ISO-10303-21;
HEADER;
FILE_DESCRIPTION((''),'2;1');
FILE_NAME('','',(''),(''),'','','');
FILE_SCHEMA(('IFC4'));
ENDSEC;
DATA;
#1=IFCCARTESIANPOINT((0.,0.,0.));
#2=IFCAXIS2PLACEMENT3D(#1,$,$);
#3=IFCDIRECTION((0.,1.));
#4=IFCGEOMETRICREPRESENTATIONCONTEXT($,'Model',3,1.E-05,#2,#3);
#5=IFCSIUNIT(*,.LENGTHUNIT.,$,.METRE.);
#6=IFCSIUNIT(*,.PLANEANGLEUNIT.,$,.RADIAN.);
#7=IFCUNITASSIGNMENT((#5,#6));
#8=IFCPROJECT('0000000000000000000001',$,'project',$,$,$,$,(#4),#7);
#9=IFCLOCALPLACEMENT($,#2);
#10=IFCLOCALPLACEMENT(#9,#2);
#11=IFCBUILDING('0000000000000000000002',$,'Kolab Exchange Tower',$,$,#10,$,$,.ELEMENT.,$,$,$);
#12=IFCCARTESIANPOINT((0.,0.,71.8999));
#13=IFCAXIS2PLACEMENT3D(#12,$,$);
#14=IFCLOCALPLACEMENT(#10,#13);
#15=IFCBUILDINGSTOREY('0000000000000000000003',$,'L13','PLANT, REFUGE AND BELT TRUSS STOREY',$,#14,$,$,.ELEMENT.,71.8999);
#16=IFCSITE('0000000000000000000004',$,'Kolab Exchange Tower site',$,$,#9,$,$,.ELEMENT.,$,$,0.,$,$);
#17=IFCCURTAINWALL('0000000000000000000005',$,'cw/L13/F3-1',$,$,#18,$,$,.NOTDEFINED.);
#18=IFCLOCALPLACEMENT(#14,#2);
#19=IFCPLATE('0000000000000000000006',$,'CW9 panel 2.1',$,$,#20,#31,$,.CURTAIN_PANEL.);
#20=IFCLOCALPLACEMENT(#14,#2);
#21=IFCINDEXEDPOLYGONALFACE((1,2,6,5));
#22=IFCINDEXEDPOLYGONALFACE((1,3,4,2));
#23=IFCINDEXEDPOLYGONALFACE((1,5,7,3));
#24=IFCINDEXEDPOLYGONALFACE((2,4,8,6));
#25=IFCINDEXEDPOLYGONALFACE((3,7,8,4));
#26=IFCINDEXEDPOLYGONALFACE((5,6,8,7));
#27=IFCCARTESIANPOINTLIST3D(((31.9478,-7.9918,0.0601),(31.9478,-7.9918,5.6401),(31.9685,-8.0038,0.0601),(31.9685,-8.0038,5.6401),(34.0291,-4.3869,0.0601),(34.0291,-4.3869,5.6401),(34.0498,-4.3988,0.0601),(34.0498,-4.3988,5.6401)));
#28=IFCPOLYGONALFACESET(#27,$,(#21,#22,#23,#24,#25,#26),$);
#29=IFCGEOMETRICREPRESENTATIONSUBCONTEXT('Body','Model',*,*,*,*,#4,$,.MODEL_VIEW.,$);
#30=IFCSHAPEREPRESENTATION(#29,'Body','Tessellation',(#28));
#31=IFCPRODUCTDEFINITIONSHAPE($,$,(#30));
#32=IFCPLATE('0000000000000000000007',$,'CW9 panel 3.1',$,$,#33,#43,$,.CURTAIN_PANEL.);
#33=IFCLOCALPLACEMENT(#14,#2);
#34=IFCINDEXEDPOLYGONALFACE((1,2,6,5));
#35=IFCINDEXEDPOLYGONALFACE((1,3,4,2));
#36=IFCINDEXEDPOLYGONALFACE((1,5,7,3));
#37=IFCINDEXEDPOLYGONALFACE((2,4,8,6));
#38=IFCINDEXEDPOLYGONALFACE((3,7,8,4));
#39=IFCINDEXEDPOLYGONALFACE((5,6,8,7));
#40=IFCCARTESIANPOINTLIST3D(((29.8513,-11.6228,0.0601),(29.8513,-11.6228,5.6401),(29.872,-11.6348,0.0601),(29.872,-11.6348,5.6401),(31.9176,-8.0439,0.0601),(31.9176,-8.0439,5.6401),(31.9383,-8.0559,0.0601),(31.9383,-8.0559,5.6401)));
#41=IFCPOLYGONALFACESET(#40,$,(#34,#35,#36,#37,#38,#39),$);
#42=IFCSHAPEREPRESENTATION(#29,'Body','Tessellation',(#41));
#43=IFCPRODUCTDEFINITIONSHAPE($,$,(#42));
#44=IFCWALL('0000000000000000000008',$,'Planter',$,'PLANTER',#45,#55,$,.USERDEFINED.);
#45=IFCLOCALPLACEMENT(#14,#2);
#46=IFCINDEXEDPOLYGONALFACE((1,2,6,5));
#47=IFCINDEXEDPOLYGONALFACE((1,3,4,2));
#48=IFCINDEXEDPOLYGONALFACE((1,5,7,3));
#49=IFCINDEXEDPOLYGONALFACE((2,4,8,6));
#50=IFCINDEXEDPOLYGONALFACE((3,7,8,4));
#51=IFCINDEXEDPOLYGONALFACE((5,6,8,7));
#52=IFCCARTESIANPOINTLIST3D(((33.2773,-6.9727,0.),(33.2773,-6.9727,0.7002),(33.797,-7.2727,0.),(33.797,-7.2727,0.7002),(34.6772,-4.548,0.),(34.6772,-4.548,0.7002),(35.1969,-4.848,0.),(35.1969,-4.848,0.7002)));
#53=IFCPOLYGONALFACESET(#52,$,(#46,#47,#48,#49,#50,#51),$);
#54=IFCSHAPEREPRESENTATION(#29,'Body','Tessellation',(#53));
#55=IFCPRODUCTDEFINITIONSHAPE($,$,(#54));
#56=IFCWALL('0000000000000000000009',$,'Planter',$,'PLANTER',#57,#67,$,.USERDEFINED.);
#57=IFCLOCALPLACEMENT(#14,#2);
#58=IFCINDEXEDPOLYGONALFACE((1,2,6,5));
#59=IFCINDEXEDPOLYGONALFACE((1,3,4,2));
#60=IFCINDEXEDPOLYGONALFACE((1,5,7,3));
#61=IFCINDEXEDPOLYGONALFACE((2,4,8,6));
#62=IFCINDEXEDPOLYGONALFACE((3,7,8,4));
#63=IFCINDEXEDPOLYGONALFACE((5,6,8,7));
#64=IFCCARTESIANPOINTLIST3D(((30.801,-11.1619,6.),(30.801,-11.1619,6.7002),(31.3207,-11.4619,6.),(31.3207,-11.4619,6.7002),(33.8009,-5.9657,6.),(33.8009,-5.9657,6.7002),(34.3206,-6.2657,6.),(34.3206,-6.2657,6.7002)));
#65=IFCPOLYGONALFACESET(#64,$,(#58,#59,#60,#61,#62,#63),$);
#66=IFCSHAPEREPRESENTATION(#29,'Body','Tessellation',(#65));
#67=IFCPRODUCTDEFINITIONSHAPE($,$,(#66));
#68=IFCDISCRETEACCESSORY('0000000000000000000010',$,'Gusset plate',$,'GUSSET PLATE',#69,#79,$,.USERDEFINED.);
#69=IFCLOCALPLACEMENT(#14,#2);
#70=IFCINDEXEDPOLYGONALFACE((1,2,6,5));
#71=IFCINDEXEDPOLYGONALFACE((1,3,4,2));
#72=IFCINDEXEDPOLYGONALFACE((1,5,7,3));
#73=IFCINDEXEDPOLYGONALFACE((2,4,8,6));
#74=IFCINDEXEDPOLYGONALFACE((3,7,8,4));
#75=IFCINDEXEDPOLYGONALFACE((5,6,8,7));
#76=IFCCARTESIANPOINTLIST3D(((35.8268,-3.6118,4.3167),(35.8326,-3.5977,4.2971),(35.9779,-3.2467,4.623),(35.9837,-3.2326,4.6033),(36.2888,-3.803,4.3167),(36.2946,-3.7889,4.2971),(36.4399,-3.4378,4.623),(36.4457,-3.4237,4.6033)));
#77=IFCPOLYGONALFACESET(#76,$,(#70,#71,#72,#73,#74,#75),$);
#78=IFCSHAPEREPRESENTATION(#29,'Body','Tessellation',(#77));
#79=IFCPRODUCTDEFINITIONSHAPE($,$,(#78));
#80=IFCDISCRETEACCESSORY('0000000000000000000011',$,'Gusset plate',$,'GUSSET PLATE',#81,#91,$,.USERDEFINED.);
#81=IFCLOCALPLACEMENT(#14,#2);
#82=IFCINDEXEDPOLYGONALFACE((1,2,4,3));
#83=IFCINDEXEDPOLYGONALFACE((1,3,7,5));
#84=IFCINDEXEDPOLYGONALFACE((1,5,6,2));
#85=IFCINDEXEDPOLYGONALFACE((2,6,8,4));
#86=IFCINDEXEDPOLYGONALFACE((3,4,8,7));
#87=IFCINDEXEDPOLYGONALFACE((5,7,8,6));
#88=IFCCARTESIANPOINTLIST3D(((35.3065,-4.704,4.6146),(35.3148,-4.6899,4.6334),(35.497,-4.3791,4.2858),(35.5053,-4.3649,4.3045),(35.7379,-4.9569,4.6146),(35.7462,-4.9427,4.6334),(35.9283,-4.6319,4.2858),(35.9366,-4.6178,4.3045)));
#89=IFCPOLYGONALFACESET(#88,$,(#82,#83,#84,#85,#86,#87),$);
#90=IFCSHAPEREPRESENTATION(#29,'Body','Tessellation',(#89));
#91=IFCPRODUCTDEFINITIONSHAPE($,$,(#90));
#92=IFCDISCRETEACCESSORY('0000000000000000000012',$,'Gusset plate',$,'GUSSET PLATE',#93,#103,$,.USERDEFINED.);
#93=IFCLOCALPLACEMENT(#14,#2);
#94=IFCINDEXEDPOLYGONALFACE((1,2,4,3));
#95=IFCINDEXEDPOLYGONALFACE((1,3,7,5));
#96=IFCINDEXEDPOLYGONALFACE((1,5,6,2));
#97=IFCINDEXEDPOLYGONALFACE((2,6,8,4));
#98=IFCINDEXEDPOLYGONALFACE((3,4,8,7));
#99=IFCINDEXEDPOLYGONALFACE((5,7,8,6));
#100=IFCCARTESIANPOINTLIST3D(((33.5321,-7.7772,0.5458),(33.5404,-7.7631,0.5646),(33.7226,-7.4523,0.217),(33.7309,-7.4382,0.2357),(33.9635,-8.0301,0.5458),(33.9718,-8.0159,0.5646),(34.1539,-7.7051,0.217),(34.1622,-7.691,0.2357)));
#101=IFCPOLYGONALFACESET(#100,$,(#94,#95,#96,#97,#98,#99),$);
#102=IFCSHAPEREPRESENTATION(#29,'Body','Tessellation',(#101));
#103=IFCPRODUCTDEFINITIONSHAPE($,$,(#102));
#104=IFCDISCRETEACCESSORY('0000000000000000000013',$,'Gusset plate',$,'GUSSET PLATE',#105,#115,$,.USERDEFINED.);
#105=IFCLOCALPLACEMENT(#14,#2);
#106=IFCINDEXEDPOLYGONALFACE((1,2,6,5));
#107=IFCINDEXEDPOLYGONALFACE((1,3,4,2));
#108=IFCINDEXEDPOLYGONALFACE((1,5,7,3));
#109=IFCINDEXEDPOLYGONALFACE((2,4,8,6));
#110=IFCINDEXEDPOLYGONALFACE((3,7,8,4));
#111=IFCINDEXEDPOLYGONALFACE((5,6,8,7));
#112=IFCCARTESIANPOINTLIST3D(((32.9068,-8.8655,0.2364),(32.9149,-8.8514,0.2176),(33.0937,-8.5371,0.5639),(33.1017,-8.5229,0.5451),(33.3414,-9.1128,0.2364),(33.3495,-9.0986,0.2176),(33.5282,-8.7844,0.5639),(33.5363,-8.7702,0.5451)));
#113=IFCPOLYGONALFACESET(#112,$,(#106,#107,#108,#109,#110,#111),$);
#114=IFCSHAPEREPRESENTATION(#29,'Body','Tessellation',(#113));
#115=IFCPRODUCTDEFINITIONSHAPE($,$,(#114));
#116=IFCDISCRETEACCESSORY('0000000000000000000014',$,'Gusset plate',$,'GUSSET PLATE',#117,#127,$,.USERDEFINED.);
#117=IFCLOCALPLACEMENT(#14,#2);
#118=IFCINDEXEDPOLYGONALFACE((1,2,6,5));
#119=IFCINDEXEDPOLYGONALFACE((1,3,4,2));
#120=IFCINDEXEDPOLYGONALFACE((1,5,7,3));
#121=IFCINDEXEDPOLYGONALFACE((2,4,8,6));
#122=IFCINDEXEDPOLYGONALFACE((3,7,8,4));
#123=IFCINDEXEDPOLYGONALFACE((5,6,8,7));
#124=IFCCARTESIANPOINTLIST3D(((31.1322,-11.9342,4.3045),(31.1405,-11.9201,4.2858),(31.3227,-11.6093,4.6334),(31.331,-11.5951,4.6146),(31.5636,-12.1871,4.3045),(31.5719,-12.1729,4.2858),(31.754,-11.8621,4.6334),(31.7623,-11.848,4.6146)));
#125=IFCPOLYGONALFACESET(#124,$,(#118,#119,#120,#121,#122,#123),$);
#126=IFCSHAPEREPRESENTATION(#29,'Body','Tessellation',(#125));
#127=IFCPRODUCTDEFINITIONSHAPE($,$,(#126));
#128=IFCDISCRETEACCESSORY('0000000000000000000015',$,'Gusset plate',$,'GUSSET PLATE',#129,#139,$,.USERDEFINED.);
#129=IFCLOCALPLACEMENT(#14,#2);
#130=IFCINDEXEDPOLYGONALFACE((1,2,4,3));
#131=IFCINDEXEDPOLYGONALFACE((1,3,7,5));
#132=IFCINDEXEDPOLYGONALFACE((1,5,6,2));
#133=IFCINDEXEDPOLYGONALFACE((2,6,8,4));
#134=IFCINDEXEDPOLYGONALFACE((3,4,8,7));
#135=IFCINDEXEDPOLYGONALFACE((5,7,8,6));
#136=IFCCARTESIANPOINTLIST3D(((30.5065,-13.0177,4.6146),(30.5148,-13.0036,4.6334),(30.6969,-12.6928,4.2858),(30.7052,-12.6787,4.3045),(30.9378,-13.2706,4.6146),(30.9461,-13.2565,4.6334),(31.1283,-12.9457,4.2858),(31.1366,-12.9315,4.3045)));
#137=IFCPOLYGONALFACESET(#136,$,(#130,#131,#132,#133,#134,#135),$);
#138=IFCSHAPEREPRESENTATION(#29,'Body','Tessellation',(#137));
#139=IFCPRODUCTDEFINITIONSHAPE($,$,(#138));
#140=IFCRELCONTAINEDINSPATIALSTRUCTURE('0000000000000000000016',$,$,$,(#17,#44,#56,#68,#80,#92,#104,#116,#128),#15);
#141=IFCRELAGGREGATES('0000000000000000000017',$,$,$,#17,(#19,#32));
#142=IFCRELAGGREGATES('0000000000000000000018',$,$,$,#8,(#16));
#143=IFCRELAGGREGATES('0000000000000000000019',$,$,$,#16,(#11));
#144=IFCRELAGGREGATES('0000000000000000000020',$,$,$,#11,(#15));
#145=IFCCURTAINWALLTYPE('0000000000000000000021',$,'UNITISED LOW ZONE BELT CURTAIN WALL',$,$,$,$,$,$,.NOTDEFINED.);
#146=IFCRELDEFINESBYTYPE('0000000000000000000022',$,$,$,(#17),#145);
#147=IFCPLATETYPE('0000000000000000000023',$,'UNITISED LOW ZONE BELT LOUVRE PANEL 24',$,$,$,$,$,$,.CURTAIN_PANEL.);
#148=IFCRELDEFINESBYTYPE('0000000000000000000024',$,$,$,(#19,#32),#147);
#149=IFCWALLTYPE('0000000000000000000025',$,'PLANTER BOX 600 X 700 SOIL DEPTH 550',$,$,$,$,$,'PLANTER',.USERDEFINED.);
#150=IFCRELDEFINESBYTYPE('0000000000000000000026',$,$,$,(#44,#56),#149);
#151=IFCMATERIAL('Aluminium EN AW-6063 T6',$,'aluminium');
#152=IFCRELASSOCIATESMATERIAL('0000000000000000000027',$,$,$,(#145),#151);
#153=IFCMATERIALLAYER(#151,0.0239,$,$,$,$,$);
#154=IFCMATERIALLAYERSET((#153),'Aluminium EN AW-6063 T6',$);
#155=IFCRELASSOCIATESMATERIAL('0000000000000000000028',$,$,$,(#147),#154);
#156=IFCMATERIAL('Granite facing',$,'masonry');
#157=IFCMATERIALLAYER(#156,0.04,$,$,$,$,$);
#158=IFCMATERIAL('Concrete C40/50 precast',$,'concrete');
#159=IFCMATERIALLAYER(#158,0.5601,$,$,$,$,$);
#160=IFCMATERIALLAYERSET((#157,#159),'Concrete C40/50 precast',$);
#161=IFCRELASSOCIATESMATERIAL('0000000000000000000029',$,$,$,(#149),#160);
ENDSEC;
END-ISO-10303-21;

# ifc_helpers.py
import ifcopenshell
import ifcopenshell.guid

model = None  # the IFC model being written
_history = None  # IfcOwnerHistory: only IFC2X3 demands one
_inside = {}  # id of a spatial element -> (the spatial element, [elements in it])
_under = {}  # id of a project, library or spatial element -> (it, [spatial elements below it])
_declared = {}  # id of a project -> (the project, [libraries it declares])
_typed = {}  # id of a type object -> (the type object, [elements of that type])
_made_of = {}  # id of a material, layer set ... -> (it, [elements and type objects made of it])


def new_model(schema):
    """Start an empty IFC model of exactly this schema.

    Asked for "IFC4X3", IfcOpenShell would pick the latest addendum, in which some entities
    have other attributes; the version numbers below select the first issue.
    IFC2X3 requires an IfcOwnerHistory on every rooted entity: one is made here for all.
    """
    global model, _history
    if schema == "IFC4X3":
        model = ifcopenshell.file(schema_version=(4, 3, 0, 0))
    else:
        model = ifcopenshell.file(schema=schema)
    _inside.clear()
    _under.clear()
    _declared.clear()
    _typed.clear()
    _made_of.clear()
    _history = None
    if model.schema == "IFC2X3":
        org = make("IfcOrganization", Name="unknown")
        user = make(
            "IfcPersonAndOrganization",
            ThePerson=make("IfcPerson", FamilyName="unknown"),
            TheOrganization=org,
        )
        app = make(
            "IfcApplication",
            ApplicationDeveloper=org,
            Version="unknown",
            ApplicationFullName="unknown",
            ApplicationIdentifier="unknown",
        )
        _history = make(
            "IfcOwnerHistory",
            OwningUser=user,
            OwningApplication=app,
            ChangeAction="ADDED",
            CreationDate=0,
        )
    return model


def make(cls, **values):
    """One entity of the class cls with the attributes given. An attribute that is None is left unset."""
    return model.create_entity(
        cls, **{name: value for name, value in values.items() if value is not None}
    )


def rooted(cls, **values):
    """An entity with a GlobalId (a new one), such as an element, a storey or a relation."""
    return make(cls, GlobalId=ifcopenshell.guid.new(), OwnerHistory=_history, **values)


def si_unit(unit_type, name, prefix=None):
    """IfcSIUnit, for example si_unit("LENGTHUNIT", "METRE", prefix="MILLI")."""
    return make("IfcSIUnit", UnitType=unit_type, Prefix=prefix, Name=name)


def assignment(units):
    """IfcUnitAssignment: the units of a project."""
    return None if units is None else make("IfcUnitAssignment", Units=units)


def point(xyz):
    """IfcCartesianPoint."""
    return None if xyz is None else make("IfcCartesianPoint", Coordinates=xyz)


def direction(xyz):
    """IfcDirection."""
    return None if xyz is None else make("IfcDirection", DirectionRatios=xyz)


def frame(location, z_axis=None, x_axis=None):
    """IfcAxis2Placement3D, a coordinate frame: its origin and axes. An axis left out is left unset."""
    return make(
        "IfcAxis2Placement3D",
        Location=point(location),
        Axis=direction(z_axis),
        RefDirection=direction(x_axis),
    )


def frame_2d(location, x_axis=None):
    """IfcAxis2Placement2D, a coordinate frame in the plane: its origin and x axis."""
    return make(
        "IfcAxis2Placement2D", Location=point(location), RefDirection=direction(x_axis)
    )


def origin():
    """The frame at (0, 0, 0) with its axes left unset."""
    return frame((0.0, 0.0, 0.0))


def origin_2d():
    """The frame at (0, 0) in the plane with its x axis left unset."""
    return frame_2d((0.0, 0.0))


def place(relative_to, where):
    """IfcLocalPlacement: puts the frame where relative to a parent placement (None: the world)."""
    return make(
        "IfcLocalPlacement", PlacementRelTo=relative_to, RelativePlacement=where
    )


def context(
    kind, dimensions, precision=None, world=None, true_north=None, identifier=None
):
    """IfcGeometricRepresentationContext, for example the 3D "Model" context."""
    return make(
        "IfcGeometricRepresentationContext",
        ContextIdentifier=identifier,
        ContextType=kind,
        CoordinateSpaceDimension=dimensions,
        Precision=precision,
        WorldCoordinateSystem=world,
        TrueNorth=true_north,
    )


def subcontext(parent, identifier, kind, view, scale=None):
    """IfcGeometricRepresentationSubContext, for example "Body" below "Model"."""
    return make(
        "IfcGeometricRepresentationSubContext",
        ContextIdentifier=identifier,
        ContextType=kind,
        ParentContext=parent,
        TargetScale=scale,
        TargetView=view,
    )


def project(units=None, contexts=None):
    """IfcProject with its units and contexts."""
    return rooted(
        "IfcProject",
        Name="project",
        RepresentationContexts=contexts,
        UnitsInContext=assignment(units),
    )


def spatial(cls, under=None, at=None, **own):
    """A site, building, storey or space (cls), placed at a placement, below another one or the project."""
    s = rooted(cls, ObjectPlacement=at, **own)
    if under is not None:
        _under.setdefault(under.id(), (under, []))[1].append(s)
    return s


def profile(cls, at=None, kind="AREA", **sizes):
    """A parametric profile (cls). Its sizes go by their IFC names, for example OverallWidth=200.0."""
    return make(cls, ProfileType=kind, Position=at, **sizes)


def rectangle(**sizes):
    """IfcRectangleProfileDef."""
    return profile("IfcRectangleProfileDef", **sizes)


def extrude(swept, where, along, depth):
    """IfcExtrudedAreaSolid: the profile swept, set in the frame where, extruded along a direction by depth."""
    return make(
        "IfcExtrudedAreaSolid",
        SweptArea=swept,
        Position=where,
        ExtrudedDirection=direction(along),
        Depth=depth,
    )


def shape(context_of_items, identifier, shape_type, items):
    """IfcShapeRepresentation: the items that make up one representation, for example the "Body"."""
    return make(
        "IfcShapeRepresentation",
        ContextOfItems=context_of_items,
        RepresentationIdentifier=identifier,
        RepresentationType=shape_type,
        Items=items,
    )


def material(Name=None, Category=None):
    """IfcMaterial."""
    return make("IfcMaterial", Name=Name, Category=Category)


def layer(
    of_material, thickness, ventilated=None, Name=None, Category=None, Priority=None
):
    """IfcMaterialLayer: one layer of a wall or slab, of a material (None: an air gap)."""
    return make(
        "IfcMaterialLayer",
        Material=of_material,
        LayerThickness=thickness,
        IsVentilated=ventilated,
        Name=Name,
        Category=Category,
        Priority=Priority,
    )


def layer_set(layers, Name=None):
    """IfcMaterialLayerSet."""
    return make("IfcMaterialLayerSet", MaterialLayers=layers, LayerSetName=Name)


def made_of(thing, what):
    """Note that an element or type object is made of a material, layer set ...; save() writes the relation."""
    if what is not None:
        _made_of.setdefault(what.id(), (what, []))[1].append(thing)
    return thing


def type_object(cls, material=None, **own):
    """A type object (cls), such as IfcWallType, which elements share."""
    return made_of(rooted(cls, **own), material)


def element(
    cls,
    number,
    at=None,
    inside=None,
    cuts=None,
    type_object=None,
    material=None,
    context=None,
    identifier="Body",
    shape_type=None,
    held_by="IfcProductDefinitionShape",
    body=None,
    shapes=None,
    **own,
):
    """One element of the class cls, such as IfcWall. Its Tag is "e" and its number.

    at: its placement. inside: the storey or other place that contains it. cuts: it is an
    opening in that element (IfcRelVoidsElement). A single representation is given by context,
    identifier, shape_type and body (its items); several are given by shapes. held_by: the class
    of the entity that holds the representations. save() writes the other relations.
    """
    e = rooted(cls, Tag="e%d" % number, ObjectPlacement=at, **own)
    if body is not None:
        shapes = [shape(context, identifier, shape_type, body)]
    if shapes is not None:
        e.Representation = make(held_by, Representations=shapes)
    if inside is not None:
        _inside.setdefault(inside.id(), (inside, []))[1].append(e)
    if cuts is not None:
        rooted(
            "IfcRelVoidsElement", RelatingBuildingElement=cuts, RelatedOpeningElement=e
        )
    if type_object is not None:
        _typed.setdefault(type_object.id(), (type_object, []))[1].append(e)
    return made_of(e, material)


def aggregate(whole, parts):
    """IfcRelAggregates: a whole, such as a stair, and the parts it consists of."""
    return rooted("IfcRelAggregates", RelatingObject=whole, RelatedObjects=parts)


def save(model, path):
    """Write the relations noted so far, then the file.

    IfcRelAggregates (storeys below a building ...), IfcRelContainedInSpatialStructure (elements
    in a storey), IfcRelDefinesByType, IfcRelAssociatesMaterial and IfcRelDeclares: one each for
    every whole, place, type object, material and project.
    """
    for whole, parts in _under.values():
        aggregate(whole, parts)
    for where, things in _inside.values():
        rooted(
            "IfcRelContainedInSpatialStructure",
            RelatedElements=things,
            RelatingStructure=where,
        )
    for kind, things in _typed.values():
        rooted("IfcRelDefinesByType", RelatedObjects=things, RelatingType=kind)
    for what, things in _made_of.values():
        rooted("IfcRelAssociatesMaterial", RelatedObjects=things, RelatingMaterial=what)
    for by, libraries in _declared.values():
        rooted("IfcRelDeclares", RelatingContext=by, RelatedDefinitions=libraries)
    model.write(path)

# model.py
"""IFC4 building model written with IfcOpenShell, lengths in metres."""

from ifc_helpers import new_model, si_unit, direction, frame, frame_2d, origin, origin_2d, place, context, subcontext, project, spatial, rectangle, extrude, material, layer, layer_set, type_object, element, aggregate, save


model = new_model("IFC4")

# Units and contexts
model_context = context("Model", 3, precision=1e-05, world=origin(), true_north=direction((0.0, 1.0)))
body_context = subcontext(model_context, "Body", "Model", "MODEL_VIEW")
ifc_project = project(units=[si_unit("LENGTHUNIT", "METRE"), si_unit("PLANEANGLEUNIT", "RADIAN")], contexts=[model_context])

# Site, building, storey
site_placement = place(None, origin())
site = spatial("IfcSite", under=ifc_project, at=site_placement, Name="Kolab Exchange Tower site", CompositionType="ELEMENT", RefElevation=0.0)
building_placement = place(site_placement, origin())
building = spatial("IfcBuilding", under=site, at=building_placement, Name="Kolab Exchange Tower", CompositionType="ELEMENT")
storey_placement = place(building_placement, frame((0.0, 0.0, 71.8999)))
storey = spatial("IfcBuildingStorey", under=building, at=storey_placement, Name="L13", Description="PLANT, REFUGE AND BELT TRUSS STOREY", CompositionType="ELEMENT", Elevation=71.8999)

# Curtain wall
ifc_material_1 = material(Name="Aluminium EN AW-6063 T6", Category="aluminium")
curtain_wall_type = type_object("IfcCurtainWallType", Name="UNITISED LOW ZONE BELT CURTAIN WALL", PredefinedType="NOTDEFINED", material=ifc_material_1)
curtain_wall_1_placement = place(storey_placement, origin())
curtain_wall_1 = element("IfcCurtainWall", 1, at=curtain_wall_1_placement, inside=storey, type_object=curtain_wall_type, Name="cw/L13/F3-1", PredefinedType="NOTDEFINED")

# Plates
ifc_layer_1 = layer(ifc_material_1, 0.0239)
ifc_layer_set_1 = layer_set([ifc_layer_1], Name="Aluminium EN AW-6063 T6")
plate_type = type_object("IfcPlateType", Name="UNITISED LOW ZONE BELT LOUVRE PANEL 24", PredefinedType="CURTAIN_PANEL", material=ifc_layer_set_1)
plate_1_placement = place(storey_placement, frame((32.9988, -6.1953, 0.0601), z_axis=(0.0, 0.0, 1.0), x_axis=(-0.5, -0.866025, 0.0)))
plate_1 = element("IfcPlate", 2, at=plate_1_placement, type_object=plate_type, Name="CW9 panel 2.1", PredefinedType="CURTAIN_PANEL", context=body_context, shape_type="SweptSolid", body=[
    extrude(rectangle(XDim=4.1626, YDim=0.0239, at=origin_2d()), origin(), (0.0, 0.0, 1.0), 5.5801),
])
plate_2_placement = place(storey_placement, frame((30.8948, -9.8394, 0.0601), z_axis=(0.0, 0.0, 1.0), x_axis=(-0.5, -0.866025, 0.0)))
plate_2 = element("IfcPlate", 3, at=plate_2_placement, type_object=plate_type, Name="CW9 panel 3.1", PredefinedType="CURTAIN_PANEL", context=body_context, shape_type="SweptSolid", body=[
    extrude(rectangle(XDim=4.1326, YDim=0.0239, at=origin_2d()), origin(), (0.0, 0.0, 1.0), 5.5801),
])
aggregate(curtain_wall_1, [plate_1, plate_2])

# Walls
ifc_material_2 = material(Name="Granite facing", Category="masonry")
ifc_layer_2 = layer(ifc_material_2, 0.04)
ifc_material_3 = material(Name="Concrete C40/50 precast", Category="concrete")
ifc_layer_3 = layer(ifc_material_3, 0.5601)
ifc_layer_set_2 = layer_set([ifc_layer_2, ifc_layer_3], Name="Concrete C40/50 precast")
wall_type = type_object("IfcWallType", Name="PLANTER BOX 600 X 700 SOIL DEPTH 550", ElementType="PLANTER", PredefinedType="USERDEFINED", material=ifc_layer_set_2)
wall_1_placement = place(storey_placement, frame((34.937, -4.698, 0.0), z_axis=(0.0, 0.0, 1.0), x_axis=(-0.499984, -0.866035, 0.0)))
element("IfcWall", 4, at=wall_1_placement, inside=storey, type_object=wall_type, Name="Planter", ObjectType="PLANTER", PredefinedType="USERDEFINED", context=body_context, shape_type="SweptSolid", body=[
    extrude(rectangle(XDim=2.7998, YDim=0.6001, at=frame_2d((1.3999, 0.0))), origin(), (0.0, 0.0, 1.0), 0.7002),
])
wall_2_placement = place(storey_placement, frame((34.0608, -6.1157, 6.0), z_axis=(0.0, 0.0, 1.0), x_axis=(-0.49999, -0.866031, 0.0)))
element("IfcWall", 5, at=wall_2_placement, inside=storey, type_object=wall_type, Name="Planter", ObjectType="PLANTER", PredefinedType="USERDEFINED", context=body_context, shape_type="SweptSolid", body=[
    extrude(rectangle(XDim=6.0, YDim=0.6001, at=frame_2d((3.0, 0.0))), origin(), (0.0, 0.0, 1.0), 0.7002),
])

# Discrete accessories
for number, where, z_axis, x_axis, name in (
    (6, (36.1392, -3.5107, 4.4502), (-0.234205, -0.565995, 0.790441), (0.924017, -0.382352, 0.0), "Gusset plate"),
    (7, (35.6174, -4.668, 4.4502), (0.332615, 0.567402, 0.753275), (-0.862698, 0.505719, 0.0), "Gusset plate"),
    (8, (33.8513, -7.7271, 0.4001), (-0.332615, -0.567402, -0.753275), (0.862698, -0.505719, 0.0), "Gusset plate"),
    (9, (33.2175, -8.825, 0.4001), (0.323872, 0.56923, -0.755701), (-0.869164, 0.494524, 0.0), "Gusset plate"),
    (10, (31.4514, -11.884, 4.4502), (-0.332615, -0.567402, 0.753275), (0.862698, -0.505719, 0.0), "Gusset plate"),
    (11, (30.8174, -12.9817, 4.4502), (0.332615, 0.567402, 0.753275), (-0.862698, 0.505719, 0.0), "Gusset plate"),
):
    element("IfcDiscreteAccessory", number, at=place(storey_placement, frame(where, z_axis=z_axis, x_axis=x_axis)), inside=storey, Name=name, ObjectType="GUSSET PLATE", PredefinedType="USERDEFINED", context=body_context, shape_type="SweptSolid", body=[
        extrude(rectangle(XDim=0.5, YDim=0.5, at=origin_2d()), origin(), (0.0, 0.0, 1.0), 0.0249),
    ])

save(model, "model.ifc")
